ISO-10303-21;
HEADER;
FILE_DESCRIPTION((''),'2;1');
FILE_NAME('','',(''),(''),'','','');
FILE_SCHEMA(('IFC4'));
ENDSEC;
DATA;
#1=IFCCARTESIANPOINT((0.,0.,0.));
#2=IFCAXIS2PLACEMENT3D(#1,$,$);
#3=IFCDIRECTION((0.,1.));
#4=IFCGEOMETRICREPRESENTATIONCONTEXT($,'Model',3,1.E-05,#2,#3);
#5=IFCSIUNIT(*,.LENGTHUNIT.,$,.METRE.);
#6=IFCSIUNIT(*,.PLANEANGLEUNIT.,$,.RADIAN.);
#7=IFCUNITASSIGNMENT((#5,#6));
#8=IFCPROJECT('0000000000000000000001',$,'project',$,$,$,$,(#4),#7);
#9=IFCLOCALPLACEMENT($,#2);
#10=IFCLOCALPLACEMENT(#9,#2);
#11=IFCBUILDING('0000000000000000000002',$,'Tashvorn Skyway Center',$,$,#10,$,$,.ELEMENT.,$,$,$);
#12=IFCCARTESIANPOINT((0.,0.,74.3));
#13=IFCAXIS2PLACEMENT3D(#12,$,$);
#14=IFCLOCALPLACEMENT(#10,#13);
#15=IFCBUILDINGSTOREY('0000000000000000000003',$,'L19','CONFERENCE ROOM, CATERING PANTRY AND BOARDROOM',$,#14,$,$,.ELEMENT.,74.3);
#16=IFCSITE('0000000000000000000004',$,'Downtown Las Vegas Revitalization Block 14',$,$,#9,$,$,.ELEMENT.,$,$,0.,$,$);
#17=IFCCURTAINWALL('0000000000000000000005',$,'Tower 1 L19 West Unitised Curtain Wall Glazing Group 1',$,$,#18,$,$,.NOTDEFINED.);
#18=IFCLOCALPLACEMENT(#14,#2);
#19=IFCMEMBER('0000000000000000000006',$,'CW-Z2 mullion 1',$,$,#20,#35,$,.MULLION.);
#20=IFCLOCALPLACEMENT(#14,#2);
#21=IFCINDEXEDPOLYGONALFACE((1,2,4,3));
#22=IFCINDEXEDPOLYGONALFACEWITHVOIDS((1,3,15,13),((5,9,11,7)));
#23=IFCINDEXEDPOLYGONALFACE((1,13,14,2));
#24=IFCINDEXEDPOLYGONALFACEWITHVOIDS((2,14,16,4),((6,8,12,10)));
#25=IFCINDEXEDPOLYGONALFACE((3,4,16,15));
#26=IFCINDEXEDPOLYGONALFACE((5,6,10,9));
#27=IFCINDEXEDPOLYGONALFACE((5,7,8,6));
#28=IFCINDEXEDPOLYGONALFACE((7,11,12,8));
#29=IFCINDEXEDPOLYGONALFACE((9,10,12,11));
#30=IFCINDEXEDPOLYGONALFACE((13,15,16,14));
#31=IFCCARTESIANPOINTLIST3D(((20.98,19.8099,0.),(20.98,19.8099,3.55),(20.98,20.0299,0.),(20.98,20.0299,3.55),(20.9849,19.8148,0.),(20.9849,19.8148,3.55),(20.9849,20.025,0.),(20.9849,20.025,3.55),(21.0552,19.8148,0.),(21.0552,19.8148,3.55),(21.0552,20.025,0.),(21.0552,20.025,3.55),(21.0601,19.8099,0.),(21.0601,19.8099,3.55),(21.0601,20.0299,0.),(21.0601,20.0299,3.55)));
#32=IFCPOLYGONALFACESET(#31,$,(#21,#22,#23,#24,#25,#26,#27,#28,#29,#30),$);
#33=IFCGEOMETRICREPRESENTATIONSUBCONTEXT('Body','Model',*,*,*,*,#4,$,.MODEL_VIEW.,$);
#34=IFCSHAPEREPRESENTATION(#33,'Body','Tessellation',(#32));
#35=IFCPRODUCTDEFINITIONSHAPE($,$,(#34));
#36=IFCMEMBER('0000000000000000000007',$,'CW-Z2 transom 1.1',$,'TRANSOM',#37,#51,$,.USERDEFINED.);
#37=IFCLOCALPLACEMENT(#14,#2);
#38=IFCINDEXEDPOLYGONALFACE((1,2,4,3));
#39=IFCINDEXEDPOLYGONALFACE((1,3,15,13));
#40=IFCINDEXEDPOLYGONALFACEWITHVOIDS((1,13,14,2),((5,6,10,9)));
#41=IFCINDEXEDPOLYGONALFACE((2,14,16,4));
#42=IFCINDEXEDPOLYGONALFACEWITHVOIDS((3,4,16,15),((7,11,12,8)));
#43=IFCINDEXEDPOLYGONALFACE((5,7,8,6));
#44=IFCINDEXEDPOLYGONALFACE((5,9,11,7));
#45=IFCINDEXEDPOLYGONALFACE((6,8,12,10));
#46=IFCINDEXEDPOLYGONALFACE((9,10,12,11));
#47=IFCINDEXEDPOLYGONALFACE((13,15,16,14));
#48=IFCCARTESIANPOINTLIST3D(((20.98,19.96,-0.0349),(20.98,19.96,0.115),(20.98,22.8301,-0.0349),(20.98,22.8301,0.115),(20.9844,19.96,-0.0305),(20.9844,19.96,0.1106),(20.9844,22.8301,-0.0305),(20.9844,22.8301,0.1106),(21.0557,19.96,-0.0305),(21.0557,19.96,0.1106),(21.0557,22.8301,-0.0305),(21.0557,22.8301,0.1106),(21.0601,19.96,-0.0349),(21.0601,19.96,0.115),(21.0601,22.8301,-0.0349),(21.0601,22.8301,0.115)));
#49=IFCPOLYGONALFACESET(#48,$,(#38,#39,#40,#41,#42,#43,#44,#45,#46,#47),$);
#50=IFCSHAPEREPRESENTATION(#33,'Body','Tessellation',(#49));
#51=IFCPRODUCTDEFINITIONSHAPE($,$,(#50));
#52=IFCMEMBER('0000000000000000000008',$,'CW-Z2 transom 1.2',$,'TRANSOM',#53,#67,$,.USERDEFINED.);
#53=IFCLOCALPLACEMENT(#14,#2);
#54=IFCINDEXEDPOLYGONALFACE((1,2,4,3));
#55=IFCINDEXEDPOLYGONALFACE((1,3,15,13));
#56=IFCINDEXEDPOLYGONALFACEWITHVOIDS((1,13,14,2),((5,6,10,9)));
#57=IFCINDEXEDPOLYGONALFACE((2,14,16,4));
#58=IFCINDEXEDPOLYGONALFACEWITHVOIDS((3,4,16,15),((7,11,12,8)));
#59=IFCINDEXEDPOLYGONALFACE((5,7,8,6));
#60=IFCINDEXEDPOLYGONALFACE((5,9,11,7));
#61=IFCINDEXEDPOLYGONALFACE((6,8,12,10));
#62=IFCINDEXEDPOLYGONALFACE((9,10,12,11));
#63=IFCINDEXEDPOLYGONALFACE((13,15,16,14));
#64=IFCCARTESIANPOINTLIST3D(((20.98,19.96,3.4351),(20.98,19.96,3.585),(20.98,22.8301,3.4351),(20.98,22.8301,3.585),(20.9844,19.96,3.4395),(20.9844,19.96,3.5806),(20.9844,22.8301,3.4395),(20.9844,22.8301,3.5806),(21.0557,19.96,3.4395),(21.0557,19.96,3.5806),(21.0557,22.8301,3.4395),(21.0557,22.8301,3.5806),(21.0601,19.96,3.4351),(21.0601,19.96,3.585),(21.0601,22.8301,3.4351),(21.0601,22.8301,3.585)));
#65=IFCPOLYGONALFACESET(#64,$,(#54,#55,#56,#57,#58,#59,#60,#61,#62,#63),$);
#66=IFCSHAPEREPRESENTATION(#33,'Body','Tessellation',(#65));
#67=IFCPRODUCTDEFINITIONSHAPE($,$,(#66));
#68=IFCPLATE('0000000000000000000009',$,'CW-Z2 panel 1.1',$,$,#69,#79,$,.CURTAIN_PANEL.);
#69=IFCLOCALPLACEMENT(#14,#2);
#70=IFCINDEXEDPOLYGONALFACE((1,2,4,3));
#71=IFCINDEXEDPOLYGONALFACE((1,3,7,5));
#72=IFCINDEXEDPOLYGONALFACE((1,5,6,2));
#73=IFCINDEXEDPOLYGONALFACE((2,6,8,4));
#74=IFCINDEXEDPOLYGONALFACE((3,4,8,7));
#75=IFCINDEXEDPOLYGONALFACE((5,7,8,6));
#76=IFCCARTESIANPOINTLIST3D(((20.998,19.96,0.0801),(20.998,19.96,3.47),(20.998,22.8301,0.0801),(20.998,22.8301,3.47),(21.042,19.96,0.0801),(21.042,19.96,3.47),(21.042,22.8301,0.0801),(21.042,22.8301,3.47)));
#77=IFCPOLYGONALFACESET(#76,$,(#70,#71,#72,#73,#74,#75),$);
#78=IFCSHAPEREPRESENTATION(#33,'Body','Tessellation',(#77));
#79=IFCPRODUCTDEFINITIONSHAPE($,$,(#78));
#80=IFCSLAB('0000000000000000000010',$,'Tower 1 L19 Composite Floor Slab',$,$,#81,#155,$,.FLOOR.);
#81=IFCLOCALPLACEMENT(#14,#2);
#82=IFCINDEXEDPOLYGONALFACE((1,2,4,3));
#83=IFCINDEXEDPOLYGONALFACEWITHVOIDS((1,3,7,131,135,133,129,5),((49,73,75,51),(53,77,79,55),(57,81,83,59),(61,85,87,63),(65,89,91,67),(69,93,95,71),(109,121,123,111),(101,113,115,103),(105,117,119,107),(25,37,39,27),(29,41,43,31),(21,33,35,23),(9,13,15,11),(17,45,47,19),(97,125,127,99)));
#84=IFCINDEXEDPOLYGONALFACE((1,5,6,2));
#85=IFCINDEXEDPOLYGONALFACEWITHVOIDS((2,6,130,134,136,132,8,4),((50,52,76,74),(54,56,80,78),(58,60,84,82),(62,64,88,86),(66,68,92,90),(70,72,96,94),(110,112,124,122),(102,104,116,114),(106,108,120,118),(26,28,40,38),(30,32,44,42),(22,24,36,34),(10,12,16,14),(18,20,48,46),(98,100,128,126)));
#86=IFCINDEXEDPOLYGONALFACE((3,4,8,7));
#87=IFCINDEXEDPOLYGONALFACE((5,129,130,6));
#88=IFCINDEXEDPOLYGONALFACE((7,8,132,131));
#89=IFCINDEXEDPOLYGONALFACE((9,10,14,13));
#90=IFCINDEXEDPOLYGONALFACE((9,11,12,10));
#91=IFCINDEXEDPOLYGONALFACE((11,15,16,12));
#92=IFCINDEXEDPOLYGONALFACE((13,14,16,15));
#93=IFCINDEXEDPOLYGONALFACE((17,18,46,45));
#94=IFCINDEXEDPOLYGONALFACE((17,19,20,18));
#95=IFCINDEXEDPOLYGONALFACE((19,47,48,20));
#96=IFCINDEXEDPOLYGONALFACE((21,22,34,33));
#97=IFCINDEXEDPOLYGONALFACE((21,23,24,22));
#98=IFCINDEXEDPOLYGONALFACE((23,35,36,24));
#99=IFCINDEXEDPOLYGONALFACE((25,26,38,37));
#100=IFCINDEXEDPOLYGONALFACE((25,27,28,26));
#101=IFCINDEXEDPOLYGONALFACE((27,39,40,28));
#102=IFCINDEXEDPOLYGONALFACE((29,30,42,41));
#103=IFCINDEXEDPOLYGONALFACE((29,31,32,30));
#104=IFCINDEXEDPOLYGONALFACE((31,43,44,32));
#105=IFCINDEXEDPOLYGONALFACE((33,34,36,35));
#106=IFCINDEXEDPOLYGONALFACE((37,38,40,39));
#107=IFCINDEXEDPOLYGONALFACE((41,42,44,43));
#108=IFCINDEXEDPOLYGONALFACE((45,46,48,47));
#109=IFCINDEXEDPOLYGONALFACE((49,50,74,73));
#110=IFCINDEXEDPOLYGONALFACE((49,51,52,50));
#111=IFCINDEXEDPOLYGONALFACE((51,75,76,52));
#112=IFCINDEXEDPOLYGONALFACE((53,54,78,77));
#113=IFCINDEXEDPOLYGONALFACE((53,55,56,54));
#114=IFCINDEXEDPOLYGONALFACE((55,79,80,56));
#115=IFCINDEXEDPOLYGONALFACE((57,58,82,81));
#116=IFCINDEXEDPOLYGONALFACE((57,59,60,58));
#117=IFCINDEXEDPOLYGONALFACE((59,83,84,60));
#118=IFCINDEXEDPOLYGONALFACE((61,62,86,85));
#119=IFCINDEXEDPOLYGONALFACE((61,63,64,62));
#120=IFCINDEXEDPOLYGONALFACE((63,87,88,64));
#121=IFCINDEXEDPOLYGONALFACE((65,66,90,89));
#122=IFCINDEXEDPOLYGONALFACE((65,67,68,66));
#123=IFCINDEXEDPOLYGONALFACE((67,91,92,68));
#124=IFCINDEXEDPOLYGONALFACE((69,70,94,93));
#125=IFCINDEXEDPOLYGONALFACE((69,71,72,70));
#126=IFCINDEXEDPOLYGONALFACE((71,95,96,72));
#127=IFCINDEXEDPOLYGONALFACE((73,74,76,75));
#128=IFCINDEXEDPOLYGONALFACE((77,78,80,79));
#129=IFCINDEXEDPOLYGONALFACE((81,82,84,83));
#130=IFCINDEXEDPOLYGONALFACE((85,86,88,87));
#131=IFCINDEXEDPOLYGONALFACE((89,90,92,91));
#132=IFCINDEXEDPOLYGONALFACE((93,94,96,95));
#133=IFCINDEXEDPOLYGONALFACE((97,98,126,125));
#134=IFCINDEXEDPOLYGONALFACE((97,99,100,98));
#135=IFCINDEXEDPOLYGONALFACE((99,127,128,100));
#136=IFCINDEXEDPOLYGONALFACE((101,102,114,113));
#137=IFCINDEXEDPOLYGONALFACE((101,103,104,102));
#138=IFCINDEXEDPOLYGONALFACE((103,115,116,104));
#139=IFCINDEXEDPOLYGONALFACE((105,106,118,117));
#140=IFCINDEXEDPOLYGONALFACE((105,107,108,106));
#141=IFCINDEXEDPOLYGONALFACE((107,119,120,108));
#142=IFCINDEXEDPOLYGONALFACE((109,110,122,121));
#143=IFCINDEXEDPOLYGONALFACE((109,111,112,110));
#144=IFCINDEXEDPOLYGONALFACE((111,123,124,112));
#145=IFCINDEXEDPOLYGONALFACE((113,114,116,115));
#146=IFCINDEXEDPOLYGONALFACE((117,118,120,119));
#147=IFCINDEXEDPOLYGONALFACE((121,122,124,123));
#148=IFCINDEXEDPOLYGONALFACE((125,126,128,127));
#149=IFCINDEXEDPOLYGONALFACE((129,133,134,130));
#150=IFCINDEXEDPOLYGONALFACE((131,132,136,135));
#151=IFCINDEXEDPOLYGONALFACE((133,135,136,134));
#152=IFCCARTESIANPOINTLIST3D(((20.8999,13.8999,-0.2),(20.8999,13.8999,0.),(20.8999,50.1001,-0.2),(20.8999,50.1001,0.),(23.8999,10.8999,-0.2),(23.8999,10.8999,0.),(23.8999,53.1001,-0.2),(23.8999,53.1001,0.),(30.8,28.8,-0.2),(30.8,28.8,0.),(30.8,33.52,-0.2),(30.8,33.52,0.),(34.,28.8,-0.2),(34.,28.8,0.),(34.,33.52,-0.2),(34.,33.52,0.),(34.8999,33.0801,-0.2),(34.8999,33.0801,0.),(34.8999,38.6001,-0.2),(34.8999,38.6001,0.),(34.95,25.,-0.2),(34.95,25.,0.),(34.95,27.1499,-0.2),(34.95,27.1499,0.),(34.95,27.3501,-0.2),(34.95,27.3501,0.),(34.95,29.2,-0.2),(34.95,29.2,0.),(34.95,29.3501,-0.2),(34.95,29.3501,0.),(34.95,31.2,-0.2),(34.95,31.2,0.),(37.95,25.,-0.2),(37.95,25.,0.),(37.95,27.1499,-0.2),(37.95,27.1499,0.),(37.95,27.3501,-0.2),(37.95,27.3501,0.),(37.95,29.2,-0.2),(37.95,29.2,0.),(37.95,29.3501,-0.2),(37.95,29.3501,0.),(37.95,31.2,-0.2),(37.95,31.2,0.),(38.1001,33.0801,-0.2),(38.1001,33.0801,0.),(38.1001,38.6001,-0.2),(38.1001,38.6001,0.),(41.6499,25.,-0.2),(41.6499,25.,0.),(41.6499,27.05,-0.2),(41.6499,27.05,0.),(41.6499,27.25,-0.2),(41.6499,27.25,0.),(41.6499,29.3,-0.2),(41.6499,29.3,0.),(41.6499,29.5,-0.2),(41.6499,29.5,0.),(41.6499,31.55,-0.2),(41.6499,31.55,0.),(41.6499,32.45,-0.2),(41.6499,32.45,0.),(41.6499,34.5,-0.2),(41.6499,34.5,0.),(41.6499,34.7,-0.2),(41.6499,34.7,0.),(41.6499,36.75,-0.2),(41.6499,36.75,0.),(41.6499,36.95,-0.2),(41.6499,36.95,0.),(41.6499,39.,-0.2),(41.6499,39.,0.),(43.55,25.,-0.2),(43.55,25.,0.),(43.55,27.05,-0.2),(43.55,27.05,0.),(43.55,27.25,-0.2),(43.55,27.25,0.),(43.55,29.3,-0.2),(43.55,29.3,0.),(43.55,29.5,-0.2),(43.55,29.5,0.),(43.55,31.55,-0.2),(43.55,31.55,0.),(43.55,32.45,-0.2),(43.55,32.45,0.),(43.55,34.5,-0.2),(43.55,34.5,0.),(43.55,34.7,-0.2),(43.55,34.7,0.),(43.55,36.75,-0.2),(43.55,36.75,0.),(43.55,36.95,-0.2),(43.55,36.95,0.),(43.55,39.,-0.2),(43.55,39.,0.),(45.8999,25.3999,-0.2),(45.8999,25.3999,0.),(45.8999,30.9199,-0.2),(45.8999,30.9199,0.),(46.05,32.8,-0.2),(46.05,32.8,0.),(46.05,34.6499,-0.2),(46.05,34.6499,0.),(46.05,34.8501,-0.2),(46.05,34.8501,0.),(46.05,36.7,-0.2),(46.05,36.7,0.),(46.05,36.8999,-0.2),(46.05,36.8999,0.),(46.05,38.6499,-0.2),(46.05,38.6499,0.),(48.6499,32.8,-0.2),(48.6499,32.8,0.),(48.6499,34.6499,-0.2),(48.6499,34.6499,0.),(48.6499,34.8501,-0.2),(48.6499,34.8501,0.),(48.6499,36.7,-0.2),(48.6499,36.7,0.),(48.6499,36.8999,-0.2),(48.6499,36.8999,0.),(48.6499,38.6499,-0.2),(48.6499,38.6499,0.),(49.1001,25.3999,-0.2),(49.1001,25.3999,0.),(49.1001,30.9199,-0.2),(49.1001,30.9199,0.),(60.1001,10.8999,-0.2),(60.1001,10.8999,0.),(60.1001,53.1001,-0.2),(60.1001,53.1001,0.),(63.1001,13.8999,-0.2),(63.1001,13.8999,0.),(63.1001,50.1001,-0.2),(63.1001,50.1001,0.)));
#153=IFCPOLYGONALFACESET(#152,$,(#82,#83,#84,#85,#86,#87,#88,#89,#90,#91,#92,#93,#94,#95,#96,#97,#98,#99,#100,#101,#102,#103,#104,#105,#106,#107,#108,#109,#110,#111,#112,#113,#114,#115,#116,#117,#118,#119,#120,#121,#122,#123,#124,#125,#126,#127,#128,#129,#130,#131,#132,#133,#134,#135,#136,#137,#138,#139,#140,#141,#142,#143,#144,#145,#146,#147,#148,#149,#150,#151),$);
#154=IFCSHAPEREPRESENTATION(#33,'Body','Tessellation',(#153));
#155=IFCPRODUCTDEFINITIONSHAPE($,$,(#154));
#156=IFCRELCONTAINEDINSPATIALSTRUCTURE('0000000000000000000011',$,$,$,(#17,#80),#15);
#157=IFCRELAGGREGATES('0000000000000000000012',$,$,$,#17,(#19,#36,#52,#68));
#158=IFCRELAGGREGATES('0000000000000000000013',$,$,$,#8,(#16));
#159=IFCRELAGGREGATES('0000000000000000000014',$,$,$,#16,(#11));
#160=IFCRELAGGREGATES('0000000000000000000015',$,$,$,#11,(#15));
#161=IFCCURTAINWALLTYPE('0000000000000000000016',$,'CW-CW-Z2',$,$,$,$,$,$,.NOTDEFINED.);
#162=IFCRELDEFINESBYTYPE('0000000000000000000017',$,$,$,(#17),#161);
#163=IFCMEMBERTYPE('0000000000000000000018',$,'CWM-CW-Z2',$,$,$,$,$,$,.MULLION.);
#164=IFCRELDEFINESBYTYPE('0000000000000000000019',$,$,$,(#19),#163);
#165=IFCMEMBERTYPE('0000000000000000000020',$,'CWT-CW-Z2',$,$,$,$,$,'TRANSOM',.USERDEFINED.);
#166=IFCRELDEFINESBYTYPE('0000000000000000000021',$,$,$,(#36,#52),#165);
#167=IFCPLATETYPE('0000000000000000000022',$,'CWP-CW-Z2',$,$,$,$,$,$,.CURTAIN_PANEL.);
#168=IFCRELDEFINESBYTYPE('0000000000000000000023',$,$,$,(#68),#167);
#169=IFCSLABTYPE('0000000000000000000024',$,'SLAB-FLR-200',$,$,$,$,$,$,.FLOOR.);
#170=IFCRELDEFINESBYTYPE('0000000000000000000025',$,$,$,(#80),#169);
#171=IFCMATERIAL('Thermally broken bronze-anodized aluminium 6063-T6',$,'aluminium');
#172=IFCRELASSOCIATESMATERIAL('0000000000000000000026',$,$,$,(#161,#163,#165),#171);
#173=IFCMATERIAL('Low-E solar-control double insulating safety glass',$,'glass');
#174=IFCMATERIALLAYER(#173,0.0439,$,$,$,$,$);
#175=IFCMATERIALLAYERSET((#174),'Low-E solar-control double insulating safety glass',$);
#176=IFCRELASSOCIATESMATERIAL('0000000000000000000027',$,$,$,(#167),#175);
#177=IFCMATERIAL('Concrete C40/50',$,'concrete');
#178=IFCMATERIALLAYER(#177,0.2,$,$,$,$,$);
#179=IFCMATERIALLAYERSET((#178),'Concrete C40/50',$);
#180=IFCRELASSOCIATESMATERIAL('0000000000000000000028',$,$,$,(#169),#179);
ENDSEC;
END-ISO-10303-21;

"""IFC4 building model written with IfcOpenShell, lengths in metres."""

from ifc_helpers import new_model, si_unit, direction, frame, origin, origin_2d, place, context, subcontext, project, spatial, polyline, rectangle, hollow_rectangle, outline, extrude, material, layer, layer_set, material_profile, profile_set, type_object, element, aggregate, save


model = new_model("IFC4")

# Units and contexts
model_context = context("Model", 3, precision=1e-05, world=origin(), true_north=direction((0.0, 1.0)))
body_context = subcontext(model_context, "Body", "Model", "MODEL_VIEW")
ifc_project = project(units=[si_unit("LENGTHUNIT", "METRE"), si_unit("PLANEANGLEUNIT", "RADIAN")], contexts=[model_context])

# Site, building, storey
site_placement = place(None, origin())
site = spatial("IfcSite", under=ifc_project, at=site_placement, Name="Downtown Las Vegas Revitalization Block 14", CompositionType="ELEMENT", RefElevation=0.0)
building_placement = place(site_placement, origin())
building = spatial("IfcBuilding", under=site, at=building_placement, Name="Tashvorn Skyway Center", CompositionType="ELEMENT")
storey_placement = place(building_placement, frame((0.0, 0.0, 74.3)))
storey = spatial("IfcBuildingStorey", under=building, at=storey_placement, Name="L19", Description="CONFERENCE ROOM, CATERING PANTRY AND BOARDROOM", CompositionType="ELEMENT", Elevation=74.3)

# Curtain wall, members, plate
ifc_material_1 = material(Name="Thermally broken bronze-anodized aluminium 6063-T6", Category="aluminium")
curtain_wall_type = type_object("IfcCurtainWallType", Name="CW-CW-Z2", PredefinedType="NOTDEFINED", material=ifc_material_1)
curtain_wall_placement = place(storey_placement, origin())
curtain_wall = element("IfcCurtainWall", 1, at=curtain_wall_placement, inside=storey, type_object=curtain_wall_type, Name="Tower 1 L19 West Unitised Curtain Wall Glazing Group 1", PredefinedType="NOTDEFINED")
ifc_material_profile_1 = material_profile(ifc_material_1, hollow_rectangle(XDim=0.0801, YDim=0.22, WallThickness=0.0049, at=origin_2d()), Name="ALU-MULL-80x220")
ifc_profile_set_1 = profile_set([ifc_material_profile_1], Name="Thermally broken bronze-anodized aluminium 6063-T6")
member_type_1 = type_object("IfcMemberType", Name="CWM-CW-Z2", PredefinedType="MULLION", material=ifc_profile_set_1)
member_1_placement = place(storey_placement, frame((21.02, 19.9199, 0.0), z_axis=(0.0, 0.0, 1.0), x_axis=(-1.0, 0.0, 0.0)))
member_1 = element("IfcMember", 2, at=member_1_placement, type_object=member_type_1, Name="CW-Z2 mullion 1", PredefinedType="MULLION", context=body_context, shape_type="SweptSolid", body=[
    extrude(hollow_rectangle(XDim=0.0801, YDim=0.22, WallThickness=0.0049, at=origin_2d()), origin(), (0.0, 0.0, 1.0), 3.55),
])
ifc_material_profile_2 = material_profile(ifc_material_1, hollow_rectangle(XDim=0.0801, YDim=0.1499, WallThickness=0.0044, at=origin_2d()), Name="ALU-TRAN-80x150")
ifc_profile_set_2 = profile_set([ifc_material_profile_2], Name="Thermally broken bronze-anodized aluminium 6063-T6")
member_type_2 = type_object("IfcMemberType", Name="CWT-CW-Z2", ElementType="TRANSOM", PredefinedType="USERDEFINED", material=ifc_profile_set_2)
member_2_placement = place(storey_placement, frame((21.02, 19.96, 0.04), z_axis=(0.0, 1.0, 0.0), x_axis=(-1.0, 0.0, 0.0)))
member_2 = element("IfcMember", 3, at=member_2_placement, type_object=member_type_2, Name="CW-Z2 transom 1.1", ObjectType="TRANSOM", PredefinedType="USERDEFINED", context=body_context, shape_type="SweptSolid", body=[
    extrude(hollow_rectangle(XDim=0.0801, YDim=0.1499, WallThickness=0.0044, at=origin_2d()), origin(), (0.0, 0.0, 1.0), 2.8701),
])
member_3_placement = place(storey_placement, frame((21.02, 19.96, 3.51), z_axis=(0.0, 1.0, 0.0), x_axis=(-1.0, 0.0, 0.0)))
member_3 = element("IfcMember", 4, at=member_3_placement, type_object=member_type_2, Name="CW-Z2 transom 1.2", ObjectType="TRANSOM", PredefinedType="USERDEFINED", context=body_context, shape_type="SweptSolid", body=[
    extrude(hollow_rectangle(XDim=0.0801, YDim=0.1499, WallThickness=0.0044, at=origin_2d()), origin(), (0.0, 0.0, 1.0), 2.8701),
])
ifc_material_2 = material(Name="Low-E solar-control double insulating safety glass", Category="glass")
ifc_layer_1 = layer(ifc_material_2, 0.0439)
ifc_layer_set_1 = layer_set([ifc_layer_1], Name="Low-E solar-control double insulating safety glass")
plate_type = type_object("IfcPlateType", Name="CWP-CW-Z2", PredefinedType="CURTAIN_PANEL", material=ifc_layer_set_1)
plate_placement = place(storey_placement, frame((21.02, 21.395, 0.0801), z_axis=(0.0, 0.0, 1.0), x_axis=(0.0, 1.0, 0.0)))
plate = element("IfcPlate", 5, at=plate_placement, type_object=plate_type, Name="CW-Z2 panel 1.1", PredefinedType="CURTAIN_PANEL", context=body_context, shape_type="SweptSolid", body=[
    extrude(rectangle(XDim=2.8701, YDim=0.0439, at=origin_2d()), origin(), (0.0, 0.0, 1.0), 3.3899),
])
aggregate(curtain_wall, [member_1, member_2, member_3, plate])

# Slab
ifc_material_3 = material(Name="Concrete C40/50", Category="concrete")
ifc_layer_2 = layer(ifc_material_3, 0.2)
ifc_layer_set_2 = layer_set([ifc_layer_2], Name="Concrete C40/50")
slab_type_1 = type_object("IfcSlabType", Name="SLAB-FLR-200", PredefinedType="FLOOR", material=ifc_layer_set_2)
slab_1_placement = place(storey_placement, frame((0.0, 0.0, -0.2)))
element("IfcSlab", 6, at=slab_1_placement, inside=storey, type_object=slab_type_1, Name="Tower 1 L19 Composite Floor Slab", PredefinedType="FLOOR", context=body_context, shape_type="SweptSolid", body=[
    extrude(outline(polyline([(23.8999, 10.8999), (60.1001, 10.8999), (63.1001, 13.8999), (63.1001, 50.1001), (60.1001, 53.1001), (23.8999, 53.1001), (20.8999, 50.1001), (20.8999, 13.8999), (23.8999, 10.8999)]), holes=[polyline([(38.1001, 33.0801), (38.1001, 38.6001), (34.8999, 38.6001), (34.8999, 33.0801), (38.1001, 33.0801)]), polyline([(45.8999, 30.9199), (45.8999, 25.3999), (49.1001, 25.3999), (49.1001, 30.9199), (45.8999, 30.9199)]), polyline([(30.8, 33.52), (30.8, 28.8), (34.0, 28.8), (34.0, 33.52), (30.8, 33.52)]), polyline([(34.95, 29.3501), (37.95, 29.3501), (37.95, 31.2), (34.95, 31.2), (34.95, 29.3501)]), polyline([(34.95, 27.3501), (37.95, 27.3501), (37.95, 29.2), (34.95, 29.2), (34.95, 27.3501)]), polyline([(34.95, 25.0), (37.95, 25.0), (37.95, 27.1499), (34.95, 27.1499), (34.95, 25.0)]), polyline([(41.6499, 25.0), (43.55, 25.0), (43.55, 27.05), (41.6499, 27.05), (41.6499, 25.0)]), polyline([(41.6499, 27.25), (43.55, 27.25), (43.55, 29.3), (41.6499, 29.3), (41.6499, 27.25)]), polyline([(41.6499, 29.5), (43.55, 29.5), (43.55, 31.55), (41.6499, 31.55), (41.6499, 29.5)]), polyline([(41.6499, 32.45), (43.55, 32.45), (43.55, 34.5), (41.6499, 34.5), (41.6499, 32.45)]), polyline([(41.6499, 34.7), (43.55, 34.7), (43.55, 36.75), (41.6499, 36.75), (41.6499, 34.7)]), polyline([(41.6499, 36.95), (43.55, 36.95), (43.55, 39.0), (41.6499, 39.0), (41.6499, 36.95)]), polyline([(46.05, 32.8), (48.6499, 32.8), (48.6499, 34.6499), (46.05, 34.6499), (46.05, 32.8)]), polyline([(46.05, 34.8501), (48.6499, 34.8501), (48.6499, 36.7), (46.05, 36.7), (46.05, 34.8501)]), polyline([(46.05, 36.8999), (48.6499, 36.8999), (48.6499, 38.6499), (46.05, 38.6499), (46.05, 36.8999)])]), origin(), (0.0, 0.0, 1.0), 0.2),
])

save(model, "model.ifc")
